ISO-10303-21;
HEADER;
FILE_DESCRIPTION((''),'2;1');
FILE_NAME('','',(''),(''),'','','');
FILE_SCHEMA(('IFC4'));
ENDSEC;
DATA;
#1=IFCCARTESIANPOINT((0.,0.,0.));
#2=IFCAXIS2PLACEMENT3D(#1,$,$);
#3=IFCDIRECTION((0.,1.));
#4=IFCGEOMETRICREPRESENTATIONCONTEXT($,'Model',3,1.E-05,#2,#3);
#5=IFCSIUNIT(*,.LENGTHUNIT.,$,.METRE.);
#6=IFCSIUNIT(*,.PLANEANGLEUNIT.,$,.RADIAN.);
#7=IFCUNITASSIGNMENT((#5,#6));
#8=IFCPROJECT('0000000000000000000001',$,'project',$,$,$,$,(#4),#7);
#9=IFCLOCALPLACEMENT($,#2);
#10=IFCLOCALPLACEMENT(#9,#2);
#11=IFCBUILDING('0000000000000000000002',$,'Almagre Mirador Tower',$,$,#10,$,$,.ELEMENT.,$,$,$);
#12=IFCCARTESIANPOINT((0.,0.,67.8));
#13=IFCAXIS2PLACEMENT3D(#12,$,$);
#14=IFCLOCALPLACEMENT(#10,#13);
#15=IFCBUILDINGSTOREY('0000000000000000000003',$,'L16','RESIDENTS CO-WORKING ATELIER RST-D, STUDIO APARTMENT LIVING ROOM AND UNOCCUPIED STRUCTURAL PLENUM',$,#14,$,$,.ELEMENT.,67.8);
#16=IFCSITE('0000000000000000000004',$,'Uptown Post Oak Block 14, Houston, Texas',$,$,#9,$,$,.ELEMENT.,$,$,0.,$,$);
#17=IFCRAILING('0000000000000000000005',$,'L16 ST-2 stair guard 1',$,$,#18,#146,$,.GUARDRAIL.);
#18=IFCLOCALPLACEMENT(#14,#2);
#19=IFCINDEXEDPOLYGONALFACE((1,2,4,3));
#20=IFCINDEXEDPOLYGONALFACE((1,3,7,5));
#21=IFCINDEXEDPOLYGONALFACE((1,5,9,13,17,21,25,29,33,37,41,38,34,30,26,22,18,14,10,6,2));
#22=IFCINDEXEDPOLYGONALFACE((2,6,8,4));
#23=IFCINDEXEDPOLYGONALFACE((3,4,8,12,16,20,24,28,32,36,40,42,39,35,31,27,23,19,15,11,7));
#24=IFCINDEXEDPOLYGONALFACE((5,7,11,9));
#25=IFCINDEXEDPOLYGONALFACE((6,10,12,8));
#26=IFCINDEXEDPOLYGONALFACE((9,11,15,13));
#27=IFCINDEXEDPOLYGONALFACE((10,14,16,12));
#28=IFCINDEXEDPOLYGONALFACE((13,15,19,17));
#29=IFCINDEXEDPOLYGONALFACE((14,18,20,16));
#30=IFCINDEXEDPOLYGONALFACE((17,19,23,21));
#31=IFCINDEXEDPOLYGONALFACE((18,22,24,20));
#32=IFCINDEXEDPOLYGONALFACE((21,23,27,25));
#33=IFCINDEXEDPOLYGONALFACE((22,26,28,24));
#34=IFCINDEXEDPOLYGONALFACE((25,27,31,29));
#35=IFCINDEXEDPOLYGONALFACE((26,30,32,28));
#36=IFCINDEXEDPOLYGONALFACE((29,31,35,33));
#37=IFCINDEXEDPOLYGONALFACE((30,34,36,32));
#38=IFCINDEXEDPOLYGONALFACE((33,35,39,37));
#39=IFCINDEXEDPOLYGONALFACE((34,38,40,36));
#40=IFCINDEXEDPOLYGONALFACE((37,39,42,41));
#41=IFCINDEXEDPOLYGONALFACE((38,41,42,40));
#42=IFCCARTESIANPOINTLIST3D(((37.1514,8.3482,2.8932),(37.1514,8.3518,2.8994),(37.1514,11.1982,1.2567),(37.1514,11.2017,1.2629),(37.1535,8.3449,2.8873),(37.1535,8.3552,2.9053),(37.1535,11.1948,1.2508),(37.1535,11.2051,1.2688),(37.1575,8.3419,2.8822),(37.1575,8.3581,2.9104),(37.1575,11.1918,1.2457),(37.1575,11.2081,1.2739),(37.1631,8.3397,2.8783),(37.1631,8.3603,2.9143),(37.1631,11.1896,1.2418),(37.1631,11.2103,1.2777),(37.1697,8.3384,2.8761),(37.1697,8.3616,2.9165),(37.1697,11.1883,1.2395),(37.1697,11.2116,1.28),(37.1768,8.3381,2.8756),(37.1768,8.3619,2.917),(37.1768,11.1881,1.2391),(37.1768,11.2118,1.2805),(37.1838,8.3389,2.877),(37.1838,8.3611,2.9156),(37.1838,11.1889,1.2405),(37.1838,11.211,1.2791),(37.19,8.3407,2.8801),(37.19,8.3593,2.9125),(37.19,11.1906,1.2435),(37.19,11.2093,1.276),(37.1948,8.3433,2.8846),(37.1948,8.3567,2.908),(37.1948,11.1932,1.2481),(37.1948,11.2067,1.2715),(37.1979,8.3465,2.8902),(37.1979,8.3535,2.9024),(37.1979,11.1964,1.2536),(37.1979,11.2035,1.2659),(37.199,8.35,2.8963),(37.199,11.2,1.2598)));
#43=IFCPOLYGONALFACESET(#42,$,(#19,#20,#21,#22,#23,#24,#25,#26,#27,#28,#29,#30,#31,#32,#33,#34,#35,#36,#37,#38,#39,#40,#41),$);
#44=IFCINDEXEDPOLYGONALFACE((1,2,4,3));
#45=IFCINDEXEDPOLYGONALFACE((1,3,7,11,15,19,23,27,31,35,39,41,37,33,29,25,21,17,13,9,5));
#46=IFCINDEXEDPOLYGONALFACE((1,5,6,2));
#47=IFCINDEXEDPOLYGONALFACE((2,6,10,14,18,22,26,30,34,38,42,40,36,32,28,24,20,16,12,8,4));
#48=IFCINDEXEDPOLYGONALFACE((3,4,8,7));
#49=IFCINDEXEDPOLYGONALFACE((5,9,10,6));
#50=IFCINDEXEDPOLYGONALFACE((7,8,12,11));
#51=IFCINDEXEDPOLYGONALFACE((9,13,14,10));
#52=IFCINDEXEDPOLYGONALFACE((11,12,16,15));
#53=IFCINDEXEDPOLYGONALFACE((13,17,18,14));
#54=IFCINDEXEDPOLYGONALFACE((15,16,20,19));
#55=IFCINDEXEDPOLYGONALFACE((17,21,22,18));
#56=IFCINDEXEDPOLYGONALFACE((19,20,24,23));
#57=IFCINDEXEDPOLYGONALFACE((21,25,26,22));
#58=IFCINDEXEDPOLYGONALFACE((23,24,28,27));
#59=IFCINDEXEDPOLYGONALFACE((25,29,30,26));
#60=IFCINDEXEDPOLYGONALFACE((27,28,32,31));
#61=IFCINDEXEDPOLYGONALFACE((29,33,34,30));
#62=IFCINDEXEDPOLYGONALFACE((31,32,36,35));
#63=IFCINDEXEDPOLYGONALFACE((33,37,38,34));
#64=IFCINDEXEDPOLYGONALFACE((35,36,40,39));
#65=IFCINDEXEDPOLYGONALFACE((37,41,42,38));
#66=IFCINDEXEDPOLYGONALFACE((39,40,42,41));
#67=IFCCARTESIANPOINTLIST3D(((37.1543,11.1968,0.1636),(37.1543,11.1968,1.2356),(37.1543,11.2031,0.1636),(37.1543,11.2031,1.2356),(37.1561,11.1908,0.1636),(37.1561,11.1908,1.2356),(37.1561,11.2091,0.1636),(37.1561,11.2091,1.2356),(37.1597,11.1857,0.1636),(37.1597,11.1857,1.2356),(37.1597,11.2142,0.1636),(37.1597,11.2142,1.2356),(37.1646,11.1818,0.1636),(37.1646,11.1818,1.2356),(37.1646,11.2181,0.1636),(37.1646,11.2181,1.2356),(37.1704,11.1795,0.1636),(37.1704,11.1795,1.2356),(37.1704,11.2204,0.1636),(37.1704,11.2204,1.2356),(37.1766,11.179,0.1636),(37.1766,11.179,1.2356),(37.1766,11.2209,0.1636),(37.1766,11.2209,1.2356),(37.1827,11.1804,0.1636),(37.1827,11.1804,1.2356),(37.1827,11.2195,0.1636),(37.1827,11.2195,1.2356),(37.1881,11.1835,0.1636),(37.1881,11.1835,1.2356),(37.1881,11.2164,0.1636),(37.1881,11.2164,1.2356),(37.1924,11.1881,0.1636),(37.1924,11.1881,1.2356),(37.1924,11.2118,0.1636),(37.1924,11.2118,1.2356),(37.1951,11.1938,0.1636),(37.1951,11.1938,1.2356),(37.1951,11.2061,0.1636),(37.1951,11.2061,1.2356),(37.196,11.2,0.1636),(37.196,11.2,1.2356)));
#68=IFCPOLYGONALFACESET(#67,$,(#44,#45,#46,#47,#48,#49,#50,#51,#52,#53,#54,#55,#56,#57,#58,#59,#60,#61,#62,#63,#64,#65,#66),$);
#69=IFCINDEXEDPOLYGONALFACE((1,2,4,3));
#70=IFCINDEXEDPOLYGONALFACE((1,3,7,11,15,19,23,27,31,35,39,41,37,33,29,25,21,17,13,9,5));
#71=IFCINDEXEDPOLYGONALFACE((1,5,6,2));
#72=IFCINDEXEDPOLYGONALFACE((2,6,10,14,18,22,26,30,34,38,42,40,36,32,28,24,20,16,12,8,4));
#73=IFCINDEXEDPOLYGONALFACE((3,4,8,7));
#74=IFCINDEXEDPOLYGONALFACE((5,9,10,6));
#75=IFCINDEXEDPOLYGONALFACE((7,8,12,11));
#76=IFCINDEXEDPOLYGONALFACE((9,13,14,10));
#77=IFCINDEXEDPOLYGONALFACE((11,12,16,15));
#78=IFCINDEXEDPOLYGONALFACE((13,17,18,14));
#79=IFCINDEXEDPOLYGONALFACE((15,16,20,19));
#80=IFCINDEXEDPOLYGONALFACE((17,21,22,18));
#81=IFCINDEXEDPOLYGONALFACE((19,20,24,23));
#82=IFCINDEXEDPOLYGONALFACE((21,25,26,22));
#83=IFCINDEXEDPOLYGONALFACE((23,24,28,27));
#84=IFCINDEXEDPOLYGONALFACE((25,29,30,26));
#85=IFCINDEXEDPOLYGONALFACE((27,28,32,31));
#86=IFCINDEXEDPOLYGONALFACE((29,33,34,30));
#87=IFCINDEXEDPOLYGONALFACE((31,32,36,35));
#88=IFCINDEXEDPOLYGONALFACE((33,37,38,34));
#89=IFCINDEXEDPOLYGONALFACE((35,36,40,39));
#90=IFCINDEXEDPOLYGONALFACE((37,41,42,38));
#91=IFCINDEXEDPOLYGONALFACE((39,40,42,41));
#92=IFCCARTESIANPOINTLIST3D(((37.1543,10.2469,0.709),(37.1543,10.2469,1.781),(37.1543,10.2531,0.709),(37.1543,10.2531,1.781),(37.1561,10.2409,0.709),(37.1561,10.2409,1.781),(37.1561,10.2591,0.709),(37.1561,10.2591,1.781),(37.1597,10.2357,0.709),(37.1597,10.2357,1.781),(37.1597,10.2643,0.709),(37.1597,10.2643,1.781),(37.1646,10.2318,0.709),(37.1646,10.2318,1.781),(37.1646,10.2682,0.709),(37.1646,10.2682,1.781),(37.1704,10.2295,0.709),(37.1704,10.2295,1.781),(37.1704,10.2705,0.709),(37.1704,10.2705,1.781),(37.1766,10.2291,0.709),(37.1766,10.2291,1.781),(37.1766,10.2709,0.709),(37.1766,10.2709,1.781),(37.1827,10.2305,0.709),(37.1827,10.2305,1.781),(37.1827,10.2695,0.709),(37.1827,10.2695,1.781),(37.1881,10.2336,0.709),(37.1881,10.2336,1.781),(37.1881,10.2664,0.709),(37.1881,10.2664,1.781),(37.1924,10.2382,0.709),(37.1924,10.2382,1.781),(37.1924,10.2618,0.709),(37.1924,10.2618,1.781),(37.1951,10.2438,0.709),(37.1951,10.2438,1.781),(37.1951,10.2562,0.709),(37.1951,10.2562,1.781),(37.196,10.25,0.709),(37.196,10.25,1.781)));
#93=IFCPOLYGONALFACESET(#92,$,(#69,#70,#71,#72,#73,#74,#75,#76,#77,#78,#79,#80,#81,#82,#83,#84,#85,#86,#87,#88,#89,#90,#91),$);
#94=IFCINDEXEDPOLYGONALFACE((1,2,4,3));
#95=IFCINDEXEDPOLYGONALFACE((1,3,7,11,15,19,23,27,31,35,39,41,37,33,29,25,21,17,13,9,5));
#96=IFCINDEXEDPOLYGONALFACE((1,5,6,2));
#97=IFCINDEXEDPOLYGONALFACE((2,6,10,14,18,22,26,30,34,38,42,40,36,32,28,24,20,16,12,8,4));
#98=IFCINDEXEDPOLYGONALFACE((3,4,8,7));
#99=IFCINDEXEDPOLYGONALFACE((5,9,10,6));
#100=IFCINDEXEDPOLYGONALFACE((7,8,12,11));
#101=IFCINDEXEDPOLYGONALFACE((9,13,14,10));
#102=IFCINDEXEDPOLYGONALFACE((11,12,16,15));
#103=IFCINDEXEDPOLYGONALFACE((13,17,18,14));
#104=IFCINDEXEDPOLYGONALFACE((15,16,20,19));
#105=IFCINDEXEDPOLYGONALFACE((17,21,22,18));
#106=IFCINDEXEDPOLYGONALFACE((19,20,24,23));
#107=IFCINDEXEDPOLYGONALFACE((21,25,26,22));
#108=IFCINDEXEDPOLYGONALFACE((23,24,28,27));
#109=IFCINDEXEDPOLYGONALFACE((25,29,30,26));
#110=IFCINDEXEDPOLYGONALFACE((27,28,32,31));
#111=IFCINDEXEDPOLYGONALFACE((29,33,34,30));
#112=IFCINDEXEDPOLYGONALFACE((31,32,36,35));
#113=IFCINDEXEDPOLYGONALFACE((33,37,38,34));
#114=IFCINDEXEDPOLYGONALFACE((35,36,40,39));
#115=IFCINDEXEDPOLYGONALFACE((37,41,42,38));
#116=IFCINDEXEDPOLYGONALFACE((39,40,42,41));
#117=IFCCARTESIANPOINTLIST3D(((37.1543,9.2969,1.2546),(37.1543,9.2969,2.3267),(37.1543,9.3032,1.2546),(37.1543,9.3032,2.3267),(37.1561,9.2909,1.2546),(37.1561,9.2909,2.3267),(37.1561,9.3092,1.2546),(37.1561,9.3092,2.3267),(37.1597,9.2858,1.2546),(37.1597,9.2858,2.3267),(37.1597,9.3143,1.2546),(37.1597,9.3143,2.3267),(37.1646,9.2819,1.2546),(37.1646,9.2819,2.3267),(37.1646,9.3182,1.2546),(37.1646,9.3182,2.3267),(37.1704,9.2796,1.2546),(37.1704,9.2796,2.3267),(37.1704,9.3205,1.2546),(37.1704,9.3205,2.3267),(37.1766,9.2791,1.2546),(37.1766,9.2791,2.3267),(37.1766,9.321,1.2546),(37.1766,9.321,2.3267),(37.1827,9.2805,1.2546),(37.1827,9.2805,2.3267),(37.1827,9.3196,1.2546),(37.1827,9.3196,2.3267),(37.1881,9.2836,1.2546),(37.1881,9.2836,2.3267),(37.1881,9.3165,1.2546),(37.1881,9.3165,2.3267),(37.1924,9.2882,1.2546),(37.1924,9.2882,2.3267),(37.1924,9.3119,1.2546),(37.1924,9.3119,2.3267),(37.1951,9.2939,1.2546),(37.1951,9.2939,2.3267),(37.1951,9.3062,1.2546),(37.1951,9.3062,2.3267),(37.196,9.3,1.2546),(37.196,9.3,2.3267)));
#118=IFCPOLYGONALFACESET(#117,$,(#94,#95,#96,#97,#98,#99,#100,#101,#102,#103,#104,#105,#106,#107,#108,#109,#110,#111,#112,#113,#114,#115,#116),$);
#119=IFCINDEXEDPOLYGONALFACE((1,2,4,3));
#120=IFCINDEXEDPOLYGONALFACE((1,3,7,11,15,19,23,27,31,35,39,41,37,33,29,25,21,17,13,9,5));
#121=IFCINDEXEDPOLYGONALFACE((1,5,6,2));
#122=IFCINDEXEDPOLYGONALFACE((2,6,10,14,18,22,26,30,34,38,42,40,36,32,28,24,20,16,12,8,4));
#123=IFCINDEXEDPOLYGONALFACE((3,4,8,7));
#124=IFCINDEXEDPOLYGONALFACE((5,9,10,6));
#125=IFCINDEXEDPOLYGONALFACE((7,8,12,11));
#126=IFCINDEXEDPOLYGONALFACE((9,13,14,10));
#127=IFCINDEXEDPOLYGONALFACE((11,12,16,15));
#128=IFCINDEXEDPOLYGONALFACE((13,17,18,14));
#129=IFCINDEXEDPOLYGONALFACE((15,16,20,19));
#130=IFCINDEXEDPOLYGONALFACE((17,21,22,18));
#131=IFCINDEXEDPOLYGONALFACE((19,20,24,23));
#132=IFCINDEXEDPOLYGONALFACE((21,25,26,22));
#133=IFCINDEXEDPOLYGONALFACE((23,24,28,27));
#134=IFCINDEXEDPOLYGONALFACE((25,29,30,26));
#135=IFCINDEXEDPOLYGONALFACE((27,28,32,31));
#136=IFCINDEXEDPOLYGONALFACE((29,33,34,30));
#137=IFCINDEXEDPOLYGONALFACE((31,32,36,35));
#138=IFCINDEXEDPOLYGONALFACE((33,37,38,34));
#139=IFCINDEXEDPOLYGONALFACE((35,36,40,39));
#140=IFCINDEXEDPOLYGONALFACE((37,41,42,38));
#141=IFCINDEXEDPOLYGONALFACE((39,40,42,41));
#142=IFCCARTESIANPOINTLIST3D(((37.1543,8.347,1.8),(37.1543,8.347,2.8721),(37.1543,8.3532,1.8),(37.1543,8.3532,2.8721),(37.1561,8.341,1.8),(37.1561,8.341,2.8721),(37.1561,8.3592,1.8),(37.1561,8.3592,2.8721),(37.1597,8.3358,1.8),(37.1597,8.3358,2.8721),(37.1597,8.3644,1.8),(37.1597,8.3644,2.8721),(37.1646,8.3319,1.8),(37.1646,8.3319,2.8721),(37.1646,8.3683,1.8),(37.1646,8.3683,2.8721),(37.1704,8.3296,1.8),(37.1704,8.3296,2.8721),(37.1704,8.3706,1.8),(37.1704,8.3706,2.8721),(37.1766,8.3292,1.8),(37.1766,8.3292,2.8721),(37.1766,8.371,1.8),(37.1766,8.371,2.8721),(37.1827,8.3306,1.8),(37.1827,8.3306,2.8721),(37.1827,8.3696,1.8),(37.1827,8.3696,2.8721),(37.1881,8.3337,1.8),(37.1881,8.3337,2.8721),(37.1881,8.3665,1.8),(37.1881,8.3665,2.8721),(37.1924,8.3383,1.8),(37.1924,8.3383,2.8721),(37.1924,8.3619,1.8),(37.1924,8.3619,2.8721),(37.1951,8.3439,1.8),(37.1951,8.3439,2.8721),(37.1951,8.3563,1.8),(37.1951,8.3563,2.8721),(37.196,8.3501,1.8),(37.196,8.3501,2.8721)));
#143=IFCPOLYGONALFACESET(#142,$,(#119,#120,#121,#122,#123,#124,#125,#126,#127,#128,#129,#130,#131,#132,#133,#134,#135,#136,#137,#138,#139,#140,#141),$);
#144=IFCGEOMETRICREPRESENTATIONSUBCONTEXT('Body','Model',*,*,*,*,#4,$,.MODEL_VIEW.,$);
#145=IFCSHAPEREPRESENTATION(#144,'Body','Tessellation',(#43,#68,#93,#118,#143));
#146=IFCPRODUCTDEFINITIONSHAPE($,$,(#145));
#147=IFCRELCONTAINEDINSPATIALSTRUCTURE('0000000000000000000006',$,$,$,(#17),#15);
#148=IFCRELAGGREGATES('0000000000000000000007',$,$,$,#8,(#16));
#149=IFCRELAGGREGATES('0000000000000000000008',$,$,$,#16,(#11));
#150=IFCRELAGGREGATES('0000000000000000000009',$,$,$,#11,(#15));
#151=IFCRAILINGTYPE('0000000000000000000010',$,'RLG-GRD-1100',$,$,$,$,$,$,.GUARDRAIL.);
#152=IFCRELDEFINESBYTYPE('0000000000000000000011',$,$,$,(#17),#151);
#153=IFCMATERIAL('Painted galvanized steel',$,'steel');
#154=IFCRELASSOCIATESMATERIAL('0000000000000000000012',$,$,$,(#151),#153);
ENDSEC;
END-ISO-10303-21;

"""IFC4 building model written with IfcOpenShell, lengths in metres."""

from ifc_helpers import new_model, si_unit, direction, frame, origin, origin_2d, place, context, subcontext, project, spatial, circle, extrude, material, type_object, element, save


model = new_model("IFC4")

# Units and contexts
model_context = context("Model", 3, precision=1e-05, world=origin(), true_north=direction((0.0, 1.0)))
body_context = subcontext(model_context, "Body", "Model", "MODEL_VIEW")
ifc_project = project(units=[si_unit("LENGTHUNIT", "METRE"), si_unit("PLANEANGLEUNIT", "RADIAN")], contexts=[model_context])

# Site, building, storey
site_placement = place(None, origin())
site = spatial("IfcSite", under=ifc_project, at=site_placement, Name="Uptown Post Oak Block 14, Houston, Texas", CompositionType="ELEMENT", RefElevation=0.0)
building_placement = place(site_placement, origin())
building = spatial("IfcBuilding", under=site, at=building_placement, Name="Almagre Mirador Tower", CompositionType="ELEMENT")
storey_placement = place(building_placement, frame((0.0, 0.0, 67.8)))
storey = spatial("IfcBuildingStorey", under=building, at=storey_placement, Name="L16", Description="RESIDENTS CO-WORKING ATELIER RST-D, STUDIO APARTMENT LIVING ROOM AND UNOCCUPIED STRUCTURAL PLENUM", CompositionType="ELEMENT", Elevation=67.8)

# Railing
ifc_material_1 = material(Name="Painted galvanized steel", Category="steel")
railing_type_1 = type_object("IfcRailingType", Name="RLG-GRD-1100", PredefinedType="GUARDRAIL", material=ifc_material_1)
railing_1_placement = place(storey_placement, frame((37.175, 11.2, 0.1636)))
element("IfcRailing", 1, at=railing_1_placement, inside=storey, type_object=railing_type_1, Name="L16 ST-2 stair guard 1", PredefinedType="GUARDRAIL", context=body_context, shape_type="SweptSolid", body=[
    extrude(circle(Radius=0.0239, at=origin_2d()), frame((0.0, 0.0, 1.0962), z_axis=(0.0, -0.867194, 0.49797), x_axis=(1.0, 0.0, 0.0)), (0.0, 0.0, 1.0), 3.2864),
    extrude(circle(Radius=0.021, at=origin_2d()), origin(), (0.0, 0.0, 1.0), 1.072),
    extrude(circle(Radius=0.021, at=origin_2d()), frame((0.0, -0.95, 0.5454)), (0.0, 0.0, 1.0), 1.072),
    extrude(circle(Radius=0.021, at=origin_2d()), frame((0.0, -1.8999, 1.0911)), (0.0, 0.0, 1.0), 1.072),
    extrude(circle(Radius=0.021, at=origin_2d()), frame((0.0, -2.8499, 1.6365)), (0.0, 0.0, 1.0), 1.072),
])

save(model, "model.ifc")
